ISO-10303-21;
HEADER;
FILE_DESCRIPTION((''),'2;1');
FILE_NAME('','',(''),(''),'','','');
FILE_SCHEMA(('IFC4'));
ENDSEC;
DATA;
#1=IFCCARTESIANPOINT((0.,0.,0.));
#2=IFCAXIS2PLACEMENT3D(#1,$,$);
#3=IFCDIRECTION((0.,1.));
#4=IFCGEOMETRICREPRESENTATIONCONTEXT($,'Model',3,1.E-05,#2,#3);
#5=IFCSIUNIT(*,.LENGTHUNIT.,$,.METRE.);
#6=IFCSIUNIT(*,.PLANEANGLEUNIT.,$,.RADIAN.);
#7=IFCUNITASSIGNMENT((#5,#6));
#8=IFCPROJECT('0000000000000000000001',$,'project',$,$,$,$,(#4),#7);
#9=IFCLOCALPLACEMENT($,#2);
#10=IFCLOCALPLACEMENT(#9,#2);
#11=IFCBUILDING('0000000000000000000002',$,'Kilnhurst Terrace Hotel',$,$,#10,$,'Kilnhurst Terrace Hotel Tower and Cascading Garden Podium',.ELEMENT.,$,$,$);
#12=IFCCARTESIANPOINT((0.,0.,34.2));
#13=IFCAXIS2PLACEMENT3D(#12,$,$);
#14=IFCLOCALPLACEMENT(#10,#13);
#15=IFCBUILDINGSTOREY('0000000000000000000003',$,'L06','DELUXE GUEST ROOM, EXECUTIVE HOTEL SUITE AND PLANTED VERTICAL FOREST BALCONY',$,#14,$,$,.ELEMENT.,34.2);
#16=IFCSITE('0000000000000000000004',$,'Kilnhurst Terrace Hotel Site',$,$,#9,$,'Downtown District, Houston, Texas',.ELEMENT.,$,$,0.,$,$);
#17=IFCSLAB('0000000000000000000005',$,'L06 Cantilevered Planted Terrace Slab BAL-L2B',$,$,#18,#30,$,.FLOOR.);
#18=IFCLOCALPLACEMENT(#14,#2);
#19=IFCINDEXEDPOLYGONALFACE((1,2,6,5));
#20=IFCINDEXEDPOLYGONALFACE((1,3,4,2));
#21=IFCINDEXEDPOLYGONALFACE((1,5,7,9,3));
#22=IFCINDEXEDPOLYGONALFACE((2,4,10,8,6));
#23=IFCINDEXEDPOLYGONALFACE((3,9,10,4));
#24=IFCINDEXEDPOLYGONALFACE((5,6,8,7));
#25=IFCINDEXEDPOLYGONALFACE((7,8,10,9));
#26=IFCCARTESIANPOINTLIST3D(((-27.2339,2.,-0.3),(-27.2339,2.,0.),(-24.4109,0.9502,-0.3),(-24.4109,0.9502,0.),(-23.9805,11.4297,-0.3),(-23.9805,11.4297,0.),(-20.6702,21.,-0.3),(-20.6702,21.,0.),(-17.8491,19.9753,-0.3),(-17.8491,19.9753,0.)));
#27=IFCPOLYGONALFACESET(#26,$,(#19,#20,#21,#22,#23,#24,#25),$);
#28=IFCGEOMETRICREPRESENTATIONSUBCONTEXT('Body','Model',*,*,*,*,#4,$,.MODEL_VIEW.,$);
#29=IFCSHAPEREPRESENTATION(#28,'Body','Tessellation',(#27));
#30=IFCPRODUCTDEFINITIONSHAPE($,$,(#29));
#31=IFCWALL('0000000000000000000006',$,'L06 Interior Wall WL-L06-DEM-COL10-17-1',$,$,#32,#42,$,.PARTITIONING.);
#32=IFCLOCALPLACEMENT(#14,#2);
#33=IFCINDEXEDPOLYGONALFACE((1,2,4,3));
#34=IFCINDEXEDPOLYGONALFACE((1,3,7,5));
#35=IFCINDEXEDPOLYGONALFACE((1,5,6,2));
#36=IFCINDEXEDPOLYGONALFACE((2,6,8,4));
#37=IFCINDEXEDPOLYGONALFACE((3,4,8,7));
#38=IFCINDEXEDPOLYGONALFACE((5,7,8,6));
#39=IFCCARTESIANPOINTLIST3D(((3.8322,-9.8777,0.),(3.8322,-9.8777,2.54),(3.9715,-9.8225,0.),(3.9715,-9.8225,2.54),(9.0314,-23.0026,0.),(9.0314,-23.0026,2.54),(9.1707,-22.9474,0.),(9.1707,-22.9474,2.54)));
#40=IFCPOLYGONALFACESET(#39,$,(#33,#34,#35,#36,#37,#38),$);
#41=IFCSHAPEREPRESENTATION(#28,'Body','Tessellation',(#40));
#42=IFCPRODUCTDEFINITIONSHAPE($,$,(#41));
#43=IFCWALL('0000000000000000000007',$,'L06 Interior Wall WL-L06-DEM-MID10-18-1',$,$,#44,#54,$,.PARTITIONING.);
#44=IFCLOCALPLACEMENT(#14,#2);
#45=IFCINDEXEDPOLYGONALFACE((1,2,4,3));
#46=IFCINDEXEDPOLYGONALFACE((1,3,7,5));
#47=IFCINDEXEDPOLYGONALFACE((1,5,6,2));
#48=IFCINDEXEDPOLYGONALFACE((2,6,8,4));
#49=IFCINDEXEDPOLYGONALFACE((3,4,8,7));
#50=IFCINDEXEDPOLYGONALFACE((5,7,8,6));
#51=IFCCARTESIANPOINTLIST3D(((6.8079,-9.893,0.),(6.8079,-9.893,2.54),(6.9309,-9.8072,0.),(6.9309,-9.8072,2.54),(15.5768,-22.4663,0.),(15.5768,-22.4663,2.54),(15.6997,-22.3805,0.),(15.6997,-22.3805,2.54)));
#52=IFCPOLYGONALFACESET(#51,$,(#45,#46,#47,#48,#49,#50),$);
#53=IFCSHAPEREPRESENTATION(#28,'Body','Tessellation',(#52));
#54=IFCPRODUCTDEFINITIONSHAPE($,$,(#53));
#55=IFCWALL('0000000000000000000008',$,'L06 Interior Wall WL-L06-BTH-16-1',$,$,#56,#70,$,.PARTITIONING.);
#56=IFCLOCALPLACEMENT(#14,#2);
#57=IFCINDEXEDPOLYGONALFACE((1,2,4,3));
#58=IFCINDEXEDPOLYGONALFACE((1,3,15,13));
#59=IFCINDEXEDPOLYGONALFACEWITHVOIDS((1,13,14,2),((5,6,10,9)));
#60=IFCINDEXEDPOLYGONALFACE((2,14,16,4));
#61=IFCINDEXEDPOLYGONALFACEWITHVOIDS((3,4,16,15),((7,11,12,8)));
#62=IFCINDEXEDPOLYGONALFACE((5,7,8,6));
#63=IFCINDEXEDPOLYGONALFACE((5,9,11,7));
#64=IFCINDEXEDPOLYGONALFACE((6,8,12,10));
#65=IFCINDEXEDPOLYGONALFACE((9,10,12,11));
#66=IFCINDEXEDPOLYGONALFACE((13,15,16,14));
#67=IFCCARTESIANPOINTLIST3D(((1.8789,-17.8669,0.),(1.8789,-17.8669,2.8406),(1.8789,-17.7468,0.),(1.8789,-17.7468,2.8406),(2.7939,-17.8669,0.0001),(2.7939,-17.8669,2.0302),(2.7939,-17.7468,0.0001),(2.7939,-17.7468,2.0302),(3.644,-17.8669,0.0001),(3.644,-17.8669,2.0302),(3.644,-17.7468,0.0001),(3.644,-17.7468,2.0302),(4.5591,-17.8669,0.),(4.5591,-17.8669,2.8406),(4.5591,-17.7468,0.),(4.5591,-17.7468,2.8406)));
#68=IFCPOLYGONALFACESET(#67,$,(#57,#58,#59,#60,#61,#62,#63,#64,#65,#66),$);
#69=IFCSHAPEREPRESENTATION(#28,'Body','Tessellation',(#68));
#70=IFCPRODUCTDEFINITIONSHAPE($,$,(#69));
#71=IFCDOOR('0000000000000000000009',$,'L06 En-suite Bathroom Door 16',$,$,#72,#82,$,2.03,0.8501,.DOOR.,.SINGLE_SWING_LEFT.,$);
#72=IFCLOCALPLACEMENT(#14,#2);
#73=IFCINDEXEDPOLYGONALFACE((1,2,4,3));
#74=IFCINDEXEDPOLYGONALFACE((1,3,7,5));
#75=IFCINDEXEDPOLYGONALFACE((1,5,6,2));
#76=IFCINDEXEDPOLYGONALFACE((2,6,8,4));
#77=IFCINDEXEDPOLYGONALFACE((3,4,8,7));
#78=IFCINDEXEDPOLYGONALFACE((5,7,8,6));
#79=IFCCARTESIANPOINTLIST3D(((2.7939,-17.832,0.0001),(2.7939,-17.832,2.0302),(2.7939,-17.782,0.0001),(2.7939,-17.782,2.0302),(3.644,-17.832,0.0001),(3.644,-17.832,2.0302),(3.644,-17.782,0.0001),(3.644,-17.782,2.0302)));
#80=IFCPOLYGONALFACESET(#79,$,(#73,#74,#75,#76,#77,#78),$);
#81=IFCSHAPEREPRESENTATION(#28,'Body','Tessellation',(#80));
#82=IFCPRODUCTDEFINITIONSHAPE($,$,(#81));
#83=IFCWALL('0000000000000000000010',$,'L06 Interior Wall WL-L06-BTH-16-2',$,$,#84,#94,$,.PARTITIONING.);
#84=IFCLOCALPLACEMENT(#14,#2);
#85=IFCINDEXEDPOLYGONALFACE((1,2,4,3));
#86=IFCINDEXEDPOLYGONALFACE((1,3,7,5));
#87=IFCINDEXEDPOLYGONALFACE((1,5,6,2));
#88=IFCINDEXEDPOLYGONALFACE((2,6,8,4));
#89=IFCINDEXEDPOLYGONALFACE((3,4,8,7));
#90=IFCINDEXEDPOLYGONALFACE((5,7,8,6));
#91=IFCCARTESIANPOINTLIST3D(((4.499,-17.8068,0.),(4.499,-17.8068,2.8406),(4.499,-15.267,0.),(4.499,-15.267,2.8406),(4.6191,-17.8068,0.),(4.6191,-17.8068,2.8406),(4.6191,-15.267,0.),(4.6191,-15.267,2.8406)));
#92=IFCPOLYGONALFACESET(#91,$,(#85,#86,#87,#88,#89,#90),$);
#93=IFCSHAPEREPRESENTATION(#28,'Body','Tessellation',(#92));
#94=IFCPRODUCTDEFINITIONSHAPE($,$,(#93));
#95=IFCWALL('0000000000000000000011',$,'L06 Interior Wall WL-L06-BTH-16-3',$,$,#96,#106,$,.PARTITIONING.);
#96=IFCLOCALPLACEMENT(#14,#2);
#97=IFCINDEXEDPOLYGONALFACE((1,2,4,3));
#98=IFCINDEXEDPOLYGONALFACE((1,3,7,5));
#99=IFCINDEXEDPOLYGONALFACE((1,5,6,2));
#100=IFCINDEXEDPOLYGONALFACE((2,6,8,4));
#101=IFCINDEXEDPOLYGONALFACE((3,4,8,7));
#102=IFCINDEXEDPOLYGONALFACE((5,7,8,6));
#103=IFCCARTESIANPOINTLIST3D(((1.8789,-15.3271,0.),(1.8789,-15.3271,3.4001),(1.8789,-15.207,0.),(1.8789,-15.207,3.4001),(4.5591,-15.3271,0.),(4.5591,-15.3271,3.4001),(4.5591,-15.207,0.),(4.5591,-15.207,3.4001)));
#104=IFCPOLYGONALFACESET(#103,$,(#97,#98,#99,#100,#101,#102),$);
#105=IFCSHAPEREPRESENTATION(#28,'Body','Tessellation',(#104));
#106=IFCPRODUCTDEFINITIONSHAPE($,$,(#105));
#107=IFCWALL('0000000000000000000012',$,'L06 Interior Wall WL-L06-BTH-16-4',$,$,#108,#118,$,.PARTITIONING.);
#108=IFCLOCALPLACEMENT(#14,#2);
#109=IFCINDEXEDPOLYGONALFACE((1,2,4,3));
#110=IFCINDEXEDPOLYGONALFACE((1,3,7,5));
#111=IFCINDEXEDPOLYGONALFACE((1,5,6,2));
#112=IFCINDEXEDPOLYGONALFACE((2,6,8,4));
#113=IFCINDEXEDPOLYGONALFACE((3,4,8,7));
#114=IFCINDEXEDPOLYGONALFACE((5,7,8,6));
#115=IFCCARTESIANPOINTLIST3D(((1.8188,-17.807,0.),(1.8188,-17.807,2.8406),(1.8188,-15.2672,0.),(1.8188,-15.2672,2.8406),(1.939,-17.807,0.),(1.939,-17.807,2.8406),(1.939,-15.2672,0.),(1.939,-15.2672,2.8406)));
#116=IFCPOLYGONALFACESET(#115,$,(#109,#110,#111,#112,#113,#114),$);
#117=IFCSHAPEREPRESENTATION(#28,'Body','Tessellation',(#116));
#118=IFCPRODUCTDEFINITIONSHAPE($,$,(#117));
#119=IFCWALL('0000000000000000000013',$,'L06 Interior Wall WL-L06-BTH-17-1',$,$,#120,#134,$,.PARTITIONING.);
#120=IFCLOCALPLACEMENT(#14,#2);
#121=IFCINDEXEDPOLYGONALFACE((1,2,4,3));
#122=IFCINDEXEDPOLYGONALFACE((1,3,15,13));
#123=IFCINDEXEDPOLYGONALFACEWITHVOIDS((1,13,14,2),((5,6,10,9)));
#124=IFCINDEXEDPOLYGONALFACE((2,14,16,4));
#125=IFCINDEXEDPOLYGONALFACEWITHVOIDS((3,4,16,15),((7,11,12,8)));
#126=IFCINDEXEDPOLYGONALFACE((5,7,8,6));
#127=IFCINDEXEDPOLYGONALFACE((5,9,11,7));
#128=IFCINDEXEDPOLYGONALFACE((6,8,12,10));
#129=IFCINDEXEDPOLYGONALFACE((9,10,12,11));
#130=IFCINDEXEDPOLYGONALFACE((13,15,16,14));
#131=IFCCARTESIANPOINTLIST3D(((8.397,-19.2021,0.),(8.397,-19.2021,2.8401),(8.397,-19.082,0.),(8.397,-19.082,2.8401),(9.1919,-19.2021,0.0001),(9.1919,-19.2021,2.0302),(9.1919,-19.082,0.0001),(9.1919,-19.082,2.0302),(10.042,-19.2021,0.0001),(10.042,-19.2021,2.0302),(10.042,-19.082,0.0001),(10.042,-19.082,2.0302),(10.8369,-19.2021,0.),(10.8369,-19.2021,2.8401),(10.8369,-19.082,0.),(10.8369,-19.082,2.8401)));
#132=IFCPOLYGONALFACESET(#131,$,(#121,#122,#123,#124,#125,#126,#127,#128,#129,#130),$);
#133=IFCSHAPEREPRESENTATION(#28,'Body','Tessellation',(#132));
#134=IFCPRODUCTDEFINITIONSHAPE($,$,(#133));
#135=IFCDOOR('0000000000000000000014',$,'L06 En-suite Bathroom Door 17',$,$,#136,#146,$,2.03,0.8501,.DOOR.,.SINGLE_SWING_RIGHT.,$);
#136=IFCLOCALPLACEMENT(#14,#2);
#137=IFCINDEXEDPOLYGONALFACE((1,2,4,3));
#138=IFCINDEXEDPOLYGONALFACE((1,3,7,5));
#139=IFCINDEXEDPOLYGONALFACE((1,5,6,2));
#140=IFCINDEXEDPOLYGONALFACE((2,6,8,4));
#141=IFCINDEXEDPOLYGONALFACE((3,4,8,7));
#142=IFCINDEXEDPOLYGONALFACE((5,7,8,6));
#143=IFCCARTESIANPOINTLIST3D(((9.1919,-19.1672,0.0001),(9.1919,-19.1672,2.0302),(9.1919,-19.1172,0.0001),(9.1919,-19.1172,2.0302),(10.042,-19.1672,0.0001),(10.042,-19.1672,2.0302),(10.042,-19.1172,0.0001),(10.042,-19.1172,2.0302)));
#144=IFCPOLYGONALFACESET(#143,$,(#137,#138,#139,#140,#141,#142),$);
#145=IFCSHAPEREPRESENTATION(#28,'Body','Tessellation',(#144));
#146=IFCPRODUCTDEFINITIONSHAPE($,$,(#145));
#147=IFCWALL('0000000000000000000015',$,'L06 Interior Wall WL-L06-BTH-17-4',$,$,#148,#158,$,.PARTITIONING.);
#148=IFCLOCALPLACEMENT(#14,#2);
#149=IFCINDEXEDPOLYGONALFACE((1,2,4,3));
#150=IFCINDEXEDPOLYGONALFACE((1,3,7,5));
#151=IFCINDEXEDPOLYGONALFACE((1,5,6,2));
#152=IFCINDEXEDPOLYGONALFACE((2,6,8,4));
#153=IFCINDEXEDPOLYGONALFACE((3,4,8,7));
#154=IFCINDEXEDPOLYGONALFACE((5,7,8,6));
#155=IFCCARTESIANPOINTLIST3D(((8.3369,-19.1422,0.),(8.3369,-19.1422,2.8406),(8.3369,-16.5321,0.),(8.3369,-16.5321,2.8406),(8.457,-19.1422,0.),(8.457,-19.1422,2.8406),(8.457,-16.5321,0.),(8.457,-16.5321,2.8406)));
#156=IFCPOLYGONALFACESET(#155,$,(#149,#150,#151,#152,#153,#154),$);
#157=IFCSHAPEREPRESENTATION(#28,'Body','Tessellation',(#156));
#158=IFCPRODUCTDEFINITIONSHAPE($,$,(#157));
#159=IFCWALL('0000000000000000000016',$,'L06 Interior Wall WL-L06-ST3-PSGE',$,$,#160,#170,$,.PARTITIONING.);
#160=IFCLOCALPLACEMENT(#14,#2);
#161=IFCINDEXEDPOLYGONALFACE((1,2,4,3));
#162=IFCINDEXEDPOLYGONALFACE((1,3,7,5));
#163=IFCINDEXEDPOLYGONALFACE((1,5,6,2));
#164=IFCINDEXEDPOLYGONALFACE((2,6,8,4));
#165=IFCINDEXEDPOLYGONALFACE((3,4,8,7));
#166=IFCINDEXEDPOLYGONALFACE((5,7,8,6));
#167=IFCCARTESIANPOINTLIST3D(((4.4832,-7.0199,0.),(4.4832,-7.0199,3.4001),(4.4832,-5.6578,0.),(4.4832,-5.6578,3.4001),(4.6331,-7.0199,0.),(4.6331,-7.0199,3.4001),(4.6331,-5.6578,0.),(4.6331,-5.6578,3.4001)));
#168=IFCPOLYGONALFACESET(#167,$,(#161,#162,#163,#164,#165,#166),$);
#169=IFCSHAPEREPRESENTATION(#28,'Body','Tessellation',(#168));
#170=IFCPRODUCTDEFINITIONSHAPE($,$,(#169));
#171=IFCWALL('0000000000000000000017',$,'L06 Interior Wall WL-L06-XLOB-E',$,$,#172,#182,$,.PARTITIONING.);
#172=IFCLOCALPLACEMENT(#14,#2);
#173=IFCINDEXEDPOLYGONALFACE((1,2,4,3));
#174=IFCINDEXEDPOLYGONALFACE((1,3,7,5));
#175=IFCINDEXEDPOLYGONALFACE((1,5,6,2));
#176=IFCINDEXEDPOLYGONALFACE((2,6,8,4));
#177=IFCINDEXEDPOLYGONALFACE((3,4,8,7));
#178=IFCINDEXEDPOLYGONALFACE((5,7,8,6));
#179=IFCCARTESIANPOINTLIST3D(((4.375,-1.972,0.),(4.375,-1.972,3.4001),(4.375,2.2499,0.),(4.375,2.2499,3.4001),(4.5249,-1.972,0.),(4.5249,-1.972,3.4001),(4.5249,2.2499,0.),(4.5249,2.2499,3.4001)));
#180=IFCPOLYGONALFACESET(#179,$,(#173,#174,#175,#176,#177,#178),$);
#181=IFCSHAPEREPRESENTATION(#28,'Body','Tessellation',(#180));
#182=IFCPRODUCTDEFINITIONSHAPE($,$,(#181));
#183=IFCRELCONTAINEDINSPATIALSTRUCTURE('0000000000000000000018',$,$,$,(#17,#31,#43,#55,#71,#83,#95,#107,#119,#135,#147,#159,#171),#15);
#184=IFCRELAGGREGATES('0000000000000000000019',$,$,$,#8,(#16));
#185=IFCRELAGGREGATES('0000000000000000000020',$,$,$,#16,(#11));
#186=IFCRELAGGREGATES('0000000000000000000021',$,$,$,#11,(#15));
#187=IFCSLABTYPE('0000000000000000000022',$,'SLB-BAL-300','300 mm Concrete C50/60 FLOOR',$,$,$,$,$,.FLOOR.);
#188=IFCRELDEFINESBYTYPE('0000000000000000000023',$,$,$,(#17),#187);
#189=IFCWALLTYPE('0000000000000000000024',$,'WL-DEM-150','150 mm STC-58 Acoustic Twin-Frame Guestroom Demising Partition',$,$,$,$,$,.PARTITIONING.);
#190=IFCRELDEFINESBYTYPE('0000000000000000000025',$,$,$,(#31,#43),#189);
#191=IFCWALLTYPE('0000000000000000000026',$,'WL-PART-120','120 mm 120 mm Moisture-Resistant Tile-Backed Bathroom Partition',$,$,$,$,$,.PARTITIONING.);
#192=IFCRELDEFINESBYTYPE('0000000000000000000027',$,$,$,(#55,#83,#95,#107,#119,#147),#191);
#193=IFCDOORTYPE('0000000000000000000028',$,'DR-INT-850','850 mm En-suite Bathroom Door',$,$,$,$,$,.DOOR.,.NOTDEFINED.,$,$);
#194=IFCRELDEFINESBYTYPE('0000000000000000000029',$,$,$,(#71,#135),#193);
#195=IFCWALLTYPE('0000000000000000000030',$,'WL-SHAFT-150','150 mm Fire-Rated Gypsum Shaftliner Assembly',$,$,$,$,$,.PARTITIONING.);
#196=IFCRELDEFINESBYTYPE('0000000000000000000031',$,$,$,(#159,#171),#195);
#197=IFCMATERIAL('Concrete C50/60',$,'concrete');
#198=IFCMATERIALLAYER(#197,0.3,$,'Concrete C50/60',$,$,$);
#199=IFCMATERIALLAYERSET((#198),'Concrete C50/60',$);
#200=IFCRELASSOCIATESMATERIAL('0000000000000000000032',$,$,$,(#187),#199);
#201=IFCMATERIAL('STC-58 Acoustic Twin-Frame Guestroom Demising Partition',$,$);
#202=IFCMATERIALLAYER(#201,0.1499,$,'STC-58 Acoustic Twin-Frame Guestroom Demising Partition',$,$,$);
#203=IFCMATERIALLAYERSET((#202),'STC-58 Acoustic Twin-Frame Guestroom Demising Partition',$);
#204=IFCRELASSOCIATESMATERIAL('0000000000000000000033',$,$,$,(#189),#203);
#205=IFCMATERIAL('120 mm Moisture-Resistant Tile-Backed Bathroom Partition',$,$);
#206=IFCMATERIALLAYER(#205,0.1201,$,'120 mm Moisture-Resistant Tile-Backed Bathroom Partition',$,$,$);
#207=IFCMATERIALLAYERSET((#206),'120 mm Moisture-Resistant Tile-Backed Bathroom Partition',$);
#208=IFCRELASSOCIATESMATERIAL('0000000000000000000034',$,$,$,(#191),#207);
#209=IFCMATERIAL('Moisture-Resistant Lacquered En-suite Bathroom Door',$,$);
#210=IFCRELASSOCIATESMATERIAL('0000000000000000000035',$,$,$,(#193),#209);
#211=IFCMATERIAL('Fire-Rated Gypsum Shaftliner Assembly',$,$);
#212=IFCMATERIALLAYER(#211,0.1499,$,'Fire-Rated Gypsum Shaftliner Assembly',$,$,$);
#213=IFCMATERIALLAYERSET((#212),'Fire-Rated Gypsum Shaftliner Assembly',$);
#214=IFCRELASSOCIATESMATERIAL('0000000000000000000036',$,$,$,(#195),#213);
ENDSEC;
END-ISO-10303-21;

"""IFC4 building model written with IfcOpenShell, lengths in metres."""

from ifc_helpers import new_model, si_unit, direction, frame, frame_2d, origin, place, context, subcontext, project, spatial, polyline, rectangle, outline, extrude, material, layer, layer_set, type_object, element, fill, save


model = new_model("IFC4")

# Units and contexts
model_context = context("Model", 3, precision=1e-05, world=origin(), true_north=direction((0.0, 1.0)))
body_context = subcontext(model_context, "Body", "Model", "MODEL_VIEW")
ifc_project = project(units=[si_unit("LENGTHUNIT", "METRE"), si_unit("PLANEANGLEUNIT", "RADIAN")], contexts=[model_context])

# Site, building, storey
site_placement = place(None, origin())
site = spatial("IfcSite", under=ifc_project, at=site_placement, Name="Kilnhurst Terrace Hotel Site", LongName="Downtown District, Houston, Texas", CompositionType="ELEMENT", RefElevation=0.0)
building_placement = place(site_placement, origin())
building = spatial("IfcBuilding", under=site, at=building_placement, Name="Kilnhurst Terrace Hotel", LongName="Kilnhurst Terrace Hotel Tower and Cascading Garden Podium", CompositionType="ELEMENT")
storey_placement = place(building_placement, frame((0.0, 0.0, 34.2)))
storey = spatial("IfcBuildingStorey", under=building, at=storey_placement, Name="L06", Description="DELUXE GUEST ROOM, EXECUTIVE HOTEL SUITE AND PLANTED VERTICAL FOREST BALCONY", CompositionType="ELEMENT", Elevation=34.2)

# Shared definitions
ifc_material_1 = material(Name="Concrete C50/60", Category="concrete")

# Slab
ifc_layer_1 = layer(ifc_material_1, 0.3, Name="Concrete C50/60")
ifc_layer_set_1 = layer_set([ifc_layer_1], Name="Concrete C50/60")
slab_type = type_object("IfcSlabType", Name="SLB-BAL-300", Description="300 mm Concrete C50/60 FLOOR", PredefinedType="FLOOR", material=ifc_layer_set_1)
slab_1_placement = place(storey_placement, frame((0.0, 0.0, -0.3)))
element("IfcSlab", 1, at=slab_1_placement, inside=storey, type_object=slab_type, Name="L06 Cantilevered Planted Terrace Slab BAL-L2B", PredefinedType="FLOOR", context=body_context, shape_type="SweptSolid", body=[
    extrude(outline(polyline([(-20.6702, 21.0), (-17.8491, 19.9753), (-24.4109, 0.9502), (-27.2339, 2.0), (-23.9805, 11.4297), (-20.6702, 21.0)])), origin(), (0.0, 0.0, 1.0), 0.3),
])

# Walls
ifc_material_2 = material(Name="STC-58 Acoustic Twin-Frame Guestroom Demising Partition")
ifc_layer_2 = layer(ifc_material_2, 0.1499, Name="STC-58 Acoustic Twin-Frame Guestroom Demising Partition")
ifc_layer_set_2 = layer_set([ifc_layer_2], Name="STC-58 Acoustic Twin-Frame Guestroom Demising Partition")
wall_type_1 = type_object("IfcWallType", Name="WL-DEM-150", Description="150 mm STC-58 Acoustic Twin-Frame Guestroom Demising Partition", PredefinedType="PARTITIONING", material=ifc_layer_set_2)
wall_1_placement = place(storey_placement, frame((3.9019, -9.8501, 0.0), z_axis=(0.0, 0.0, 1.0), x_axis=(0.368288, -0.929712, 0.0)))
element("IfcWall", 2, at=wall_1_placement, inside=storey, type_object=wall_type_1, Name="L06 Interior Wall WL-L06-DEM-COL10-17-1", PredefinedType="PARTITIONING", context=body_context, shape_type="SweptSolid", body=[
    extrude(rectangle(XDim=14.1172, YDim=0.1499, at=frame_2d((7.0586, 0.0))), origin(), (0.0, 0.0, 1.0), 2.54),
])
wall_2_placement = place(storey_placement, frame((6.8694, -9.8501, 0.0), z_axis=(0.0, 0.0, 1.0), x_axis=(0.57204, -0.820226, 0.0)))
element("IfcWall", 3, at=wall_2_placement, inside=storey, type_object=wall_type_1, Name="L06 Interior Wall WL-L06-DEM-MID10-18-1", PredefinedType="PARTITIONING", context=body_context, shape_type="SweptSolid", body=[
    extrude(rectangle(XDim=15.3291, YDim=0.1499, at=frame_2d((7.6646, 0.0))), origin(), (0.0, 0.0, 1.0), 2.54),
])

# Wall, opening, door
ifc_material_3 = material(Name="120 mm Moisture-Resistant Tile-Backed Bathroom Partition")
ifc_layer_3 = layer(ifc_material_3, 0.1201, Name="120 mm Moisture-Resistant Tile-Backed Bathroom Partition")
ifc_layer_set_3 = layer_set([ifc_layer_3], Name="120 mm Moisture-Resistant Tile-Backed Bathroom Partition")
wall_type_2 = type_object("IfcWallType", Name="WL-PART-120", Description="120 mm 120 mm Moisture-Resistant Tile-Backed Bathroom Partition", PredefinedType="PARTITIONING", material=ifc_layer_set_3)
wall_3_placement = place(storey_placement, frame((1.8789, -17.8069, 0.0), z_axis=(0.0, 0.0, 1.0), x_axis=(1.0, 0.0, 0.0)))
wall_3 = element("IfcWall", 4, at=wall_3_placement, inside=storey, type_object=wall_type_2, Name="L06 Interior Wall WL-L06-BTH-16-1", PredefinedType="PARTITIONING", context=body_context, shape_type="SweptSolid", body=[
    extrude(rectangle(XDim=2.6802, YDim=0.1201, at=frame_2d((1.3401, 0.0))), origin(), (0.0, 0.0, 1.0), 2.8406),
])
opening_1_placement = place(wall_3_placement, frame((0.915, 0.0, 0.0)))
opening_1 = element("IfcOpeningElement", 5, at=opening_1_placement, cuts=wall_3, PredefinedType="OPENING", context=body_context, shape_type="SweptSolid", body=[
    extrude(rectangle(XDim=0.8501, YDim=2.03, at=frame_2d((0.425, 1.0151))), frame((0.0, 0.0701, 0.0), z_axis=(0.0, -1.0, 0.0), x_axis=(1.0, 0.0, 0.0)), (0.0, 0.0, 1.0), 0.1401),
])
ifc_material_4 = material(Name="Moisture-Resistant Lacquered En-suite Bathroom Door")
door_type = type_object("IfcDoorType", Name="DR-INT-850", Description="850 mm En-suite Bathroom Door", OperationType="NOTDEFINED", PredefinedType="DOOR", material=ifc_material_4)
door_1_placement = place(opening_1_placement, origin())
door_1 = element("IfcDoor", 6, at=door_1_placement, inside=storey, type_object=door_type, Name="L06 En-suite Bathroom Door 16", OperationType="SINGLE_SWING_LEFT", OverallHeight=2.03, OverallWidth=0.8501, PredefinedType="DOOR", context=body_context, shape_type="SweptSolid", body=[
    extrude(rectangle(XDim=0.8501, YDim=2.03, at=frame_2d((0.425, 1.0151))), frame((0.0, 0.0249, 0.0), z_axis=(0.0, -1.0, 0.0), x_axis=(1.0, 0.0, 0.0)), (0.0, 0.0, 1.0), 0.05),
])
fill(opening_1, door_1)

# Walls
wall_4_placement = place(storey_placement, frame((4.5591, -17.8069, 0.0), z_axis=(0.0, 0.0, 1.0), x_axis=(0.0, 1.0, 0.0)))
element("IfcWall", 7, at=wall_4_placement, inside=storey, type_object=wall_type_2, Name="L06 Interior Wall WL-L06-BTH-16-2", PredefinedType="PARTITIONING", context=body_context, shape_type="SweptSolid", body=[
    extrude(rectangle(XDim=2.5398, YDim=0.1201, at=frame_2d((1.27, 0.0))), origin(), (0.0, 0.0, 1.0), 2.8406),
])
wall_5_placement = place(storey_placement, frame((4.5591, -15.2671, 0.0), z_axis=(0.0, 0.0, 1.0), x_axis=(-1.0, 0.0, 0.0)))
element("IfcWall", 8, at=wall_5_placement, inside=storey, type_object=wall_type_2, Name="L06 Interior Wall WL-L06-BTH-16-3", PredefinedType="PARTITIONING", context=body_context, shape_type="SweptSolid", body=[
    extrude(rectangle(XDim=2.6802, YDim=0.1201, at=frame_2d((1.3401, 0.0))), origin(), (0.0, 0.0, 1.0), 3.4001),
])
wall_6_placement = place(storey_placement, frame((1.8789, -15.2671, 0.0), z_axis=(0.0, 0.0, 1.0), x_axis=(0.0, -1.0, 0.0)))
element("IfcWall", 9, at=wall_6_placement, inside=storey, type_object=wall_type_2, Name="L06 Interior Wall WL-L06-BTH-16-4", PredefinedType="PARTITIONING", context=body_context, shape_type="SweptSolid", body=[
    extrude(rectangle(XDim=2.5398, YDim=0.1201, at=frame_2d((1.27, 0.0))), origin(), (0.0, 0.0, 1.0), 2.8406),
])

# Wall, opening, door
wall_7_placement = place(storey_placement, frame((8.397, -19.1421, 0.0), z_axis=(0.0, 0.0, 1.0), x_axis=(1.0, 0.0, 0.0)))
wall_7 = element("IfcWall", 10, at=wall_7_placement, inside=storey, type_object=wall_type_2, Name="L06 Interior Wall WL-L06-BTH-17-1", PredefinedType="PARTITIONING", context=body_context, shape_type="SweptSolid", body=[
    extrude(rectangle(XDim=2.4399, YDim=0.1201, at=frame_2d((1.22, 0.0))), origin(), (0.0, 0.0, 1.0), 2.8401),
])
opening_2_placement = place(wall_7_placement, frame((0.7949, 0.0, 0.0)))
opening_2 = element("IfcOpeningElement", 11, at=opening_2_placement, cuts=wall_7, PredefinedType="OPENING", context=body_context, shape_type="SweptSolid", body=[
    extrude(rectangle(XDim=0.8501, YDim=2.03, at=frame_2d((0.425, 1.0151))), frame((0.0, 0.0701, 0.0), z_axis=(0.0, -1.0, 0.0), x_axis=(1.0, 0.0, 0.0)), (0.0, 0.0, 1.0), 0.1401),
])
door_2_placement = place(opening_2_placement, origin())
door_2 = element("IfcDoor", 12, at=door_2_placement, inside=storey, type_object=door_type, Name="L06 En-suite Bathroom Door 17", OperationType="SINGLE_SWING_RIGHT", OverallHeight=2.03, OverallWidth=0.8501, PredefinedType="DOOR", context=body_context, shape_type="SweptSolid", body=[
    extrude(rectangle(XDim=0.8501, YDim=2.03, at=frame_2d((0.425, 1.0151))), frame((0.0, 0.0249, 0.0), z_axis=(0.0, -1.0, 0.0), x_axis=(1.0, 0.0, 0.0)), (0.0, 0.0, 1.0), 0.05),
])
fill(opening_2, door_2)

# Walls
wall_8_placement = place(storey_placement, frame((8.397, -16.532, 0.0), z_axis=(0.0, 0.0, 1.0), x_axis=(0.0, -1.0, 0.0)))
element("IfcWall", 13, at=wall_8_placement, inside=storey, type_object=wall_type_2, Name="L06 Interior Wall WL-L06-BTH-17-4", PredefinedType="PARTITIONING", context=body_context, shape_type="SweptSolid", body=[
    extrude(rectangle(XDim=2.6101, YDim=0.1201, at=frame_2d((1.3052, 0.0))), origin(), (0.0, 0.0, 1.0), 2.8406),
])
ifc_material_5 = material(Name="Fire-Rated Gypsum Shaftliner Assembly")
ifc_layer_4 = layer(ifc_material_5, 0.1499, Name="Fire-Rated Gypsum Shaftliner Assembly")
ifc_layer_set_4 = layer_set([ifc_layer_4], Name="Fire-Rated Gypsum Shaftliner Assembly")
wall_type_3 = type_object("IfcWallType", Name="WL-SHAFT-150", Description="150 mm Fire-Rated Gypsum Shaftliner Assembly", PredefinedType="PARTITIONING", material=ifc_layer_set_4)
wall_9_placement = place(storey_placement, frame((4.5581, -7.02, 0.0), z_axis=(0.0, 0.0, 1.0), x_axis=(0.0, 1.0, 0.0)))
element("IfcWall", 14, at=wall_9_placement, inside=storey, type_object=wall_type_3, Name="L06 Interior Wall WL-L06-ST3-PSGE", PredefinedType="PARTITIONING", context=body_context, shape_type="SweptSolid", body=[
    extrude(rectangle(XDim=1.3621, YDim=0.1499, at=frame_2d((0.6812, 0.0))), origin(), (0.0, 0.0, 1.0), 3.4001),
])
wall_10_placement = place(storey_placement, frame((4.45, -1.9719, 0.0), z_axis=(0.0, 0.0, 1.0), x_axis=(0.0, 1.0, 0.0)))
element("IfcWall", 15, at=wall_10_placement, inside=storey, type_object=wall_type_3, Name="L06 Interior Wall WL-L06-XLOB-E", PredefinedType="PARTITIONING", context=body_context, shape_type="SweptSolid", body=[
    extrude(rectangle(XDim=4.2219, YDim=0.1499, at=frame_2d((2.1108, 0.0))), origin(), (0.0, 0.0, 1.0), 3.4001),
])

save(model, "model.ifc")
